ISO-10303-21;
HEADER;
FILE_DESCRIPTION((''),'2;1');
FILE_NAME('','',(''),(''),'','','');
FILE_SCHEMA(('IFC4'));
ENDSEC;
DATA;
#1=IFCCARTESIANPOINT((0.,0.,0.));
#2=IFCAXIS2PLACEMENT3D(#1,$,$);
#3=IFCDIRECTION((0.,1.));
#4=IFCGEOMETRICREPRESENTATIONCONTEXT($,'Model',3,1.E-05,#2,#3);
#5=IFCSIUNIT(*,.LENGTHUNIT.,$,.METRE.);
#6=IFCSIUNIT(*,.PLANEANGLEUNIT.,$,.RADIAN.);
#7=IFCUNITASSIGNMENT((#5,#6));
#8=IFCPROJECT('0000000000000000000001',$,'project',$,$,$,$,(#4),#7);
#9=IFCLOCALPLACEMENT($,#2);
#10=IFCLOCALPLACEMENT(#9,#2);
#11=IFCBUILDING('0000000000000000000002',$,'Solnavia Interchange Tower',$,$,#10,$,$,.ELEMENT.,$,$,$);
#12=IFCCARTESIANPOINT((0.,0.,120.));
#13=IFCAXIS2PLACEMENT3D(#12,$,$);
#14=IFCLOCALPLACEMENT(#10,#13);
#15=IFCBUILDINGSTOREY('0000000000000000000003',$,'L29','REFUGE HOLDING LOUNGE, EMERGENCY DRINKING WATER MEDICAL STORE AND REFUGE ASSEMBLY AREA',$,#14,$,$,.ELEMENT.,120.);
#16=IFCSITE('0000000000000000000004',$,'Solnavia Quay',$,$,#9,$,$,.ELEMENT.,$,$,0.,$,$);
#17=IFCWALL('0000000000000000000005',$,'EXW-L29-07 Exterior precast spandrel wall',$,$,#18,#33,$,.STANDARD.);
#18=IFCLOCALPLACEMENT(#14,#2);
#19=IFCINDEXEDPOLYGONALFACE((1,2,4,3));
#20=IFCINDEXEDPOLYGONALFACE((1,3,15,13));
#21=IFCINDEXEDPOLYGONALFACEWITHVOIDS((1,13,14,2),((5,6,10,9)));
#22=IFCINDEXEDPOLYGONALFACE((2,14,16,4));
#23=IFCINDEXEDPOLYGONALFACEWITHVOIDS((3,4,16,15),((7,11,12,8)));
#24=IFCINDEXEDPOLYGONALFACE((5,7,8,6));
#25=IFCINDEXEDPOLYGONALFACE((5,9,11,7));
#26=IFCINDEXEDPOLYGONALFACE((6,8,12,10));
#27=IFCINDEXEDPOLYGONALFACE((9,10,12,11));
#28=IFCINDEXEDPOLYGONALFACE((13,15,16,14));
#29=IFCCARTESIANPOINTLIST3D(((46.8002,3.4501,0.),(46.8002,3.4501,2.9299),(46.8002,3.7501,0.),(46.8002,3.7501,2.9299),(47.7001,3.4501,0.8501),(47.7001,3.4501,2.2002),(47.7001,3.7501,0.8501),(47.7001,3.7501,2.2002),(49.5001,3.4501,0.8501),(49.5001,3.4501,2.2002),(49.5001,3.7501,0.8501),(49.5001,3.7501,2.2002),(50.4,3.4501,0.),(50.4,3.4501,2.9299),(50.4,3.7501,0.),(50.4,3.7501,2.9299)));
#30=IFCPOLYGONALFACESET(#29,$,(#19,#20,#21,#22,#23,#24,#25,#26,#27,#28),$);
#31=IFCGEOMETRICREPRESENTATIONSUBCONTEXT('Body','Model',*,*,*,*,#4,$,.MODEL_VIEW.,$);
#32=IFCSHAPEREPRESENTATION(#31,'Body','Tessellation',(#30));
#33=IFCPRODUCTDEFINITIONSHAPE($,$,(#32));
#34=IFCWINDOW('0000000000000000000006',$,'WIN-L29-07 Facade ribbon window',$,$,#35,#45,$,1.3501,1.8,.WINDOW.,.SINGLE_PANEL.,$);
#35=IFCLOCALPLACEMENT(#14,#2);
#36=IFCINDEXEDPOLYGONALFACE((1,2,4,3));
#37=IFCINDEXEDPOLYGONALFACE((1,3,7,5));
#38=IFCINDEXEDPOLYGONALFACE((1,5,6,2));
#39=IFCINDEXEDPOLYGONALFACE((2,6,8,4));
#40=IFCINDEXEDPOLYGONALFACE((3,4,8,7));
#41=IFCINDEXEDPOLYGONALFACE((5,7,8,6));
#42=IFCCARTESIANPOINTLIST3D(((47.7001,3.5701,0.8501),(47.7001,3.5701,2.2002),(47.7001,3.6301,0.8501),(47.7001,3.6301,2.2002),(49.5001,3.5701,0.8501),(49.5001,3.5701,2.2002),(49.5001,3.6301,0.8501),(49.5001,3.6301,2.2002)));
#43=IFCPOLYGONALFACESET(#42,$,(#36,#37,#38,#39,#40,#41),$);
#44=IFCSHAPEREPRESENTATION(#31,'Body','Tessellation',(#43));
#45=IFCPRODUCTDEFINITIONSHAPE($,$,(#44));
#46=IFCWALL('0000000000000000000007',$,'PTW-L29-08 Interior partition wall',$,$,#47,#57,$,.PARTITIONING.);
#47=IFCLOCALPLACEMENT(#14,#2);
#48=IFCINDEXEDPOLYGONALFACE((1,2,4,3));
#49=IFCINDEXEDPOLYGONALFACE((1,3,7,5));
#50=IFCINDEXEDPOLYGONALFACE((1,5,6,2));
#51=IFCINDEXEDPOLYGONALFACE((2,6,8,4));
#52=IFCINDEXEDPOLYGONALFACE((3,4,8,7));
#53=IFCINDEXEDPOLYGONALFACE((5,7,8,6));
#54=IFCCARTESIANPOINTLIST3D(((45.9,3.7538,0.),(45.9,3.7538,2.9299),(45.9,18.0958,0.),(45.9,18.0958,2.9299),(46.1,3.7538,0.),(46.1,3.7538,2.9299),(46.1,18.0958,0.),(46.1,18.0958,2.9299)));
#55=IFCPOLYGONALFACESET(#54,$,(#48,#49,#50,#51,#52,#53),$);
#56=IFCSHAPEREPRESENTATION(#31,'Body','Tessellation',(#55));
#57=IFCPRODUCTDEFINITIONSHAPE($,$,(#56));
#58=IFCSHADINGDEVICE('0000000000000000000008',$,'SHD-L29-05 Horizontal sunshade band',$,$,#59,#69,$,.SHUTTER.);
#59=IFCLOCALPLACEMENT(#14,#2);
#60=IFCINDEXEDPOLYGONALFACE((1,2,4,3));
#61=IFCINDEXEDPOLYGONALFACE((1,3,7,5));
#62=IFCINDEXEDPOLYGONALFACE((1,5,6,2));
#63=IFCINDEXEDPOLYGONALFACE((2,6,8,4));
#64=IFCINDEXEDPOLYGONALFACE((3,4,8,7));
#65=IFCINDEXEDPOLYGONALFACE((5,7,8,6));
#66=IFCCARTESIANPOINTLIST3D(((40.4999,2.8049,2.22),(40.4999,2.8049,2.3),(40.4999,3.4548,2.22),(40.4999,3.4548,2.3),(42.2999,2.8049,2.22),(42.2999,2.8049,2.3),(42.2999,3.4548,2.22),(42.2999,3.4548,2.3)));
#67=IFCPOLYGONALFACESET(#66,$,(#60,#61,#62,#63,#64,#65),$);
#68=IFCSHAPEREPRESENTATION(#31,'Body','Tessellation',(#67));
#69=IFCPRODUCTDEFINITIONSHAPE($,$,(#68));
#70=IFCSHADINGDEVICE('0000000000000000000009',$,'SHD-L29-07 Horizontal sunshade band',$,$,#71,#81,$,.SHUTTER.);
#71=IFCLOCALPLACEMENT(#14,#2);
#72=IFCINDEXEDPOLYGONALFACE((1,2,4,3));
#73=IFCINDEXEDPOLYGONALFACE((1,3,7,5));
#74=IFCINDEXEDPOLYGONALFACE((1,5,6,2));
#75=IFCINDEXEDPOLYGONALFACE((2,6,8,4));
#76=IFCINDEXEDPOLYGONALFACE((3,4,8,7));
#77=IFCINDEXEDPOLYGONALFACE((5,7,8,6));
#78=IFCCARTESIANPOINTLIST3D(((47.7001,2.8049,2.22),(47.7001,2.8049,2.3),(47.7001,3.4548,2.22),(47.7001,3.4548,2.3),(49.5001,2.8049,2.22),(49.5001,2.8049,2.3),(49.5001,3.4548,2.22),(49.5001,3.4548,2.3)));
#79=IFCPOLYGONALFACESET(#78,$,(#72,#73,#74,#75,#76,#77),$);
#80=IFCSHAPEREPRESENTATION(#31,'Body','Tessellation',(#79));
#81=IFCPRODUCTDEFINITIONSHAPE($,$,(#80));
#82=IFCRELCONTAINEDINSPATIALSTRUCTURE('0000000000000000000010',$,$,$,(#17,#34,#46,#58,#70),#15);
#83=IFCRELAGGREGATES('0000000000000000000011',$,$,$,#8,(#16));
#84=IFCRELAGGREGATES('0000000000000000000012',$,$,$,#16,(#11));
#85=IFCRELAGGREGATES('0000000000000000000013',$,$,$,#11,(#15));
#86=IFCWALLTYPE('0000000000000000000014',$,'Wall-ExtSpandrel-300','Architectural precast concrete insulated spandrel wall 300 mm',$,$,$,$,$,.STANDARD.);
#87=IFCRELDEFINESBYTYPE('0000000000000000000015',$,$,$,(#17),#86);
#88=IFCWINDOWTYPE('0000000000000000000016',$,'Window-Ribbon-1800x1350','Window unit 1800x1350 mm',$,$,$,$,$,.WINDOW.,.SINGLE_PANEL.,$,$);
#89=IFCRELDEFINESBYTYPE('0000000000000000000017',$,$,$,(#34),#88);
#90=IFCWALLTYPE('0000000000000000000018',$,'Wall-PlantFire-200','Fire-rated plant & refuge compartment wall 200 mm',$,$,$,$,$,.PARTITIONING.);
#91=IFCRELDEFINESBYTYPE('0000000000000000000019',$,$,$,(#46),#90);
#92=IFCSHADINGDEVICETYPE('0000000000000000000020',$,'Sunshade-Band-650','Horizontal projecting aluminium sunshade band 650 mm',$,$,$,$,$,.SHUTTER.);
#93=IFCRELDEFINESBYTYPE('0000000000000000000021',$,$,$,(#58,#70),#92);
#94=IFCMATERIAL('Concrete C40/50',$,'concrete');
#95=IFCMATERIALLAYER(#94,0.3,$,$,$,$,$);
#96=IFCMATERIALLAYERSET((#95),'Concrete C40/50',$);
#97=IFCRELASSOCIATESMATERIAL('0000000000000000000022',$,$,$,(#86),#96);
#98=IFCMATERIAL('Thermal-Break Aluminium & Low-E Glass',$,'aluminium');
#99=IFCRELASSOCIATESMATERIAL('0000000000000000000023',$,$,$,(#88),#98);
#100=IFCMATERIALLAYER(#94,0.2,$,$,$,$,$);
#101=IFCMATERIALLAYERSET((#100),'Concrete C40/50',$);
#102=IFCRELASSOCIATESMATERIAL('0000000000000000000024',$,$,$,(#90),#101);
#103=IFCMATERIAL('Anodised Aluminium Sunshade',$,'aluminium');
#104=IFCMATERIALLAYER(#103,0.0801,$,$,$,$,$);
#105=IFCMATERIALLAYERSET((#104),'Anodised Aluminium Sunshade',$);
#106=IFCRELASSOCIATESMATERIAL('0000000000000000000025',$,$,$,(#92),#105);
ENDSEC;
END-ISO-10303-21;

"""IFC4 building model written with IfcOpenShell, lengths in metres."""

from ifc_helpers import new_model, si_unit, direction, frame, frame_2d, origin, origin_2d, place, context, subcontext, project, spatial, rectangle, extrude, material, layer, layer_set, type_object, element, fill, save


model = new_model("IFC4")

# Units and contexts
model_context = context("Model", 3, precision=1e-05, world=origin(), true_north=direction((0.0, 1.0)))
body_context = subcontext(model_context, "Body", "Model", "MODEL_VIEW")
ifc_project = project(units=[si_unit("LENGTHUNIT", "METRE"), si_unit("PLANEANGLEUNIT", "RADIAN")], contexts=[model_context])

# Site, building, storey
site_placement = place(None, origin())
site = spatial("IfcSite", under=ifc_project, at=site_placement, Name="Solnavia Quay", CompositionType="ELEMENT", RefElevation=0.0)
building_placement = place(site_placement, origin())
building = spatial("IfcBuilding", under=site, at=building_placement, Name="Solnavia Interchange Tower", CompositionType="ELEMENT")
storey_placement = place(building_placement, frame((0.0, 0.0, 120.0)))
storey = spatial("IfcBuildingStorey", under=building, at=storey_placement, Name="L29", Description="REFUGE HOLDING LOUNGE, EMERGENCY DRINKING WATER MEDICAL STORE AND REFUGE ASSEMBLY AREA", CompositionType="ELEMENT", Elevation=120.0)

# Shared definitions
ifc_material_1 = material(Name="Concrete C40/50", Category="concrete")
ifc_layer_1 = layer(ifc_material_1, 0.3)
ifc_layer_set_1 = layer_set([ifc_layer_1], Name="Concrete C40/50")
wall_type_1 = type_object("IfcWallType", Name="Wall-ExtSpandrel-300", Description="Architectural precast concrete insulated spandrel wall 300 mm", PredefinedType="STANDARD", material=ifc_layer_set_1)
ifc_material_2 = material(Name="Thermal-Break Aluminium & Low-E Glass", Category="aluminium")
window_type = type_object("IfcWindowType", Name="Window-Ribbon-1800x1350", Description="Window unit 1800x1350 mm", PartitioningType="SINGLE_PANEL", PredefinedType="WINDOW", material=ifc_material_2)

# Wall, opening, window
wall_1_placement = place(storey_placement, frame((50.3999, 3.6001, 0.0), z_axis=(0.0, 0.0, 1.0), x_axis=(-1.0, 0.0, 0.0)))
wall_1 = element("IfcWall", 1, at=wall_1_placement, inside=storey, type_object=wall_type_1, Name="EXW-L29-07 Exterior precast spandrel wall", PredefinedType="STANDARD", context=body_context, shape_type="SweptSolid", body=[
    extrude(rectangle(XDim=3.5999, YDim=0.3, at=frame_2d((1.7998, 0.0))), origin(), (0.0, 0.0, 1.0), 2.9299),
])
opening_1_placement = place(wall_1_placement, frame((0.8999, 0.0, 0.8501)))
opening_1 = element("IfcOpeningElement", 2, at=opening_1_placement, cuts=wall_1, PredefinedType="OPENING", context=body_context, shape_type="SweptSolid", body=[
    extrude(rectangle(XDim=1.8, YDim=1.3501, at=frame_2d((0.8999, 0.675))), frame((0.0, 0.1602, 0.0), z_axis=(0.0, -1.0, 0.0), x_axis=(1.0, 0.0, 0.0)), (0.0, 0.0, 1.0), 0.3201),
])
window_1_placement = place(opening_1_placement, origin())
window_1 = element("IfcWindow", 3, at=window_1_placement, inside=storey, type_object=window_type, Name="WIN-L29-07 Facade ribbon window", OverallHeight=1.3501, OverallWidth=1.8, PartitioningType="SINGLE_PANEL", PredefinedType="WINDOW", context=body_context, shape_type="SweptSolid", body=[
    extrude(rectangle(XDim=1.8, YDim=1.3501, at=frame_2d((0.8999, 0.675))), frame((0.0, 0.03, 0.0), z_axis=(0.0, -1.0, 0.0), x_axis=(1.0, 0.0, 0.0)), (0.0, 0.0, 1.0), 0.0601),
])
fill(opening_1, window_1)

# Wall
ifc_layer_2 = layer(ifc_material_1, 0.2)
ifc_layer_set_2 = layer_set([ifc_layer_2], Name="Concrete C40/50")
wall_type_2 = type_object("IfcWallType", Name="Wall-PlantFire-200", Description="Fire-rated plant & refuge compartment wall 200 mm", PredefinedType="PARTITIONING", material=ifc_layer_set_2)
wall_2_placement = place(storey_placement, frame((46.0, 3.7539, 0.0), z_axis=(0.0, 0.0, 1.0), x_axis=(0.0, 1.0, 0.0)))
element("IfcWall", 4, at=wall_2_placement, inside=storey, type_object=wall_type_2, Name="PTW-L29-08 Interior partition wall", PredefinedType="PARTITIONING", context=body_context, shape_type="SweptSolid", body=[
    extrude(rectangle(XDim=14.342, YDim=0.2, at=frame_2d((7.1709, 0.0))), origin(), (0.0, 0.0, 1.0), 2.9299),
])

# Shading devices
ifc_material_3 = material(Name="Anodised Aluminium Sunshade", Category="aluminium")
ifc_layer_3 = layer(ifc_material_3, 0.0801)
ifc_layer_set_3 = layer_set([ifc_layer_3], Name="Anodised Aluminium Sunshade")
shading_device_type = type_object("IfcShadingDeviceType", Name="Sunshade-Band-650", Description="Horizontal projecting aluminium sunshade band 650 mm", PredefinedType="SHUTTER", material=ifc_layer_set_3)
for number, where, z_axis, x_axis, name in (
    (5, (41.3999, 3.1299, 2.22), (0.0, 0.0, 1.0), (-1.0, 0.0, 0.0), "SHD-L29-05 Horizontal sunshade band"),
    (6, (48.6001, 3.1299, 2.22), (0.0, 0.0, 1.0), (-1.0, 0.0, 0.0), "SHD-L29-07 Horizontal sunshade band"),
):
    element("IfcShadingDevice", number, at=place(storey_placement, frame(where, z_axis=z_axis, x_axis=x_axis)), inside=storey, type_object=shading_device_type, Name=name, PredefinedType="SHUTTER", context=body_context, shape_type="SweptSolid", body=[
        extrude(rectangle(XDim=1.8, YDim=0.6499, at=origin_2d()), origin(), (0.0, 0.0, 1.0), 0.0801),
    ])

save(model, "model.ifc")
